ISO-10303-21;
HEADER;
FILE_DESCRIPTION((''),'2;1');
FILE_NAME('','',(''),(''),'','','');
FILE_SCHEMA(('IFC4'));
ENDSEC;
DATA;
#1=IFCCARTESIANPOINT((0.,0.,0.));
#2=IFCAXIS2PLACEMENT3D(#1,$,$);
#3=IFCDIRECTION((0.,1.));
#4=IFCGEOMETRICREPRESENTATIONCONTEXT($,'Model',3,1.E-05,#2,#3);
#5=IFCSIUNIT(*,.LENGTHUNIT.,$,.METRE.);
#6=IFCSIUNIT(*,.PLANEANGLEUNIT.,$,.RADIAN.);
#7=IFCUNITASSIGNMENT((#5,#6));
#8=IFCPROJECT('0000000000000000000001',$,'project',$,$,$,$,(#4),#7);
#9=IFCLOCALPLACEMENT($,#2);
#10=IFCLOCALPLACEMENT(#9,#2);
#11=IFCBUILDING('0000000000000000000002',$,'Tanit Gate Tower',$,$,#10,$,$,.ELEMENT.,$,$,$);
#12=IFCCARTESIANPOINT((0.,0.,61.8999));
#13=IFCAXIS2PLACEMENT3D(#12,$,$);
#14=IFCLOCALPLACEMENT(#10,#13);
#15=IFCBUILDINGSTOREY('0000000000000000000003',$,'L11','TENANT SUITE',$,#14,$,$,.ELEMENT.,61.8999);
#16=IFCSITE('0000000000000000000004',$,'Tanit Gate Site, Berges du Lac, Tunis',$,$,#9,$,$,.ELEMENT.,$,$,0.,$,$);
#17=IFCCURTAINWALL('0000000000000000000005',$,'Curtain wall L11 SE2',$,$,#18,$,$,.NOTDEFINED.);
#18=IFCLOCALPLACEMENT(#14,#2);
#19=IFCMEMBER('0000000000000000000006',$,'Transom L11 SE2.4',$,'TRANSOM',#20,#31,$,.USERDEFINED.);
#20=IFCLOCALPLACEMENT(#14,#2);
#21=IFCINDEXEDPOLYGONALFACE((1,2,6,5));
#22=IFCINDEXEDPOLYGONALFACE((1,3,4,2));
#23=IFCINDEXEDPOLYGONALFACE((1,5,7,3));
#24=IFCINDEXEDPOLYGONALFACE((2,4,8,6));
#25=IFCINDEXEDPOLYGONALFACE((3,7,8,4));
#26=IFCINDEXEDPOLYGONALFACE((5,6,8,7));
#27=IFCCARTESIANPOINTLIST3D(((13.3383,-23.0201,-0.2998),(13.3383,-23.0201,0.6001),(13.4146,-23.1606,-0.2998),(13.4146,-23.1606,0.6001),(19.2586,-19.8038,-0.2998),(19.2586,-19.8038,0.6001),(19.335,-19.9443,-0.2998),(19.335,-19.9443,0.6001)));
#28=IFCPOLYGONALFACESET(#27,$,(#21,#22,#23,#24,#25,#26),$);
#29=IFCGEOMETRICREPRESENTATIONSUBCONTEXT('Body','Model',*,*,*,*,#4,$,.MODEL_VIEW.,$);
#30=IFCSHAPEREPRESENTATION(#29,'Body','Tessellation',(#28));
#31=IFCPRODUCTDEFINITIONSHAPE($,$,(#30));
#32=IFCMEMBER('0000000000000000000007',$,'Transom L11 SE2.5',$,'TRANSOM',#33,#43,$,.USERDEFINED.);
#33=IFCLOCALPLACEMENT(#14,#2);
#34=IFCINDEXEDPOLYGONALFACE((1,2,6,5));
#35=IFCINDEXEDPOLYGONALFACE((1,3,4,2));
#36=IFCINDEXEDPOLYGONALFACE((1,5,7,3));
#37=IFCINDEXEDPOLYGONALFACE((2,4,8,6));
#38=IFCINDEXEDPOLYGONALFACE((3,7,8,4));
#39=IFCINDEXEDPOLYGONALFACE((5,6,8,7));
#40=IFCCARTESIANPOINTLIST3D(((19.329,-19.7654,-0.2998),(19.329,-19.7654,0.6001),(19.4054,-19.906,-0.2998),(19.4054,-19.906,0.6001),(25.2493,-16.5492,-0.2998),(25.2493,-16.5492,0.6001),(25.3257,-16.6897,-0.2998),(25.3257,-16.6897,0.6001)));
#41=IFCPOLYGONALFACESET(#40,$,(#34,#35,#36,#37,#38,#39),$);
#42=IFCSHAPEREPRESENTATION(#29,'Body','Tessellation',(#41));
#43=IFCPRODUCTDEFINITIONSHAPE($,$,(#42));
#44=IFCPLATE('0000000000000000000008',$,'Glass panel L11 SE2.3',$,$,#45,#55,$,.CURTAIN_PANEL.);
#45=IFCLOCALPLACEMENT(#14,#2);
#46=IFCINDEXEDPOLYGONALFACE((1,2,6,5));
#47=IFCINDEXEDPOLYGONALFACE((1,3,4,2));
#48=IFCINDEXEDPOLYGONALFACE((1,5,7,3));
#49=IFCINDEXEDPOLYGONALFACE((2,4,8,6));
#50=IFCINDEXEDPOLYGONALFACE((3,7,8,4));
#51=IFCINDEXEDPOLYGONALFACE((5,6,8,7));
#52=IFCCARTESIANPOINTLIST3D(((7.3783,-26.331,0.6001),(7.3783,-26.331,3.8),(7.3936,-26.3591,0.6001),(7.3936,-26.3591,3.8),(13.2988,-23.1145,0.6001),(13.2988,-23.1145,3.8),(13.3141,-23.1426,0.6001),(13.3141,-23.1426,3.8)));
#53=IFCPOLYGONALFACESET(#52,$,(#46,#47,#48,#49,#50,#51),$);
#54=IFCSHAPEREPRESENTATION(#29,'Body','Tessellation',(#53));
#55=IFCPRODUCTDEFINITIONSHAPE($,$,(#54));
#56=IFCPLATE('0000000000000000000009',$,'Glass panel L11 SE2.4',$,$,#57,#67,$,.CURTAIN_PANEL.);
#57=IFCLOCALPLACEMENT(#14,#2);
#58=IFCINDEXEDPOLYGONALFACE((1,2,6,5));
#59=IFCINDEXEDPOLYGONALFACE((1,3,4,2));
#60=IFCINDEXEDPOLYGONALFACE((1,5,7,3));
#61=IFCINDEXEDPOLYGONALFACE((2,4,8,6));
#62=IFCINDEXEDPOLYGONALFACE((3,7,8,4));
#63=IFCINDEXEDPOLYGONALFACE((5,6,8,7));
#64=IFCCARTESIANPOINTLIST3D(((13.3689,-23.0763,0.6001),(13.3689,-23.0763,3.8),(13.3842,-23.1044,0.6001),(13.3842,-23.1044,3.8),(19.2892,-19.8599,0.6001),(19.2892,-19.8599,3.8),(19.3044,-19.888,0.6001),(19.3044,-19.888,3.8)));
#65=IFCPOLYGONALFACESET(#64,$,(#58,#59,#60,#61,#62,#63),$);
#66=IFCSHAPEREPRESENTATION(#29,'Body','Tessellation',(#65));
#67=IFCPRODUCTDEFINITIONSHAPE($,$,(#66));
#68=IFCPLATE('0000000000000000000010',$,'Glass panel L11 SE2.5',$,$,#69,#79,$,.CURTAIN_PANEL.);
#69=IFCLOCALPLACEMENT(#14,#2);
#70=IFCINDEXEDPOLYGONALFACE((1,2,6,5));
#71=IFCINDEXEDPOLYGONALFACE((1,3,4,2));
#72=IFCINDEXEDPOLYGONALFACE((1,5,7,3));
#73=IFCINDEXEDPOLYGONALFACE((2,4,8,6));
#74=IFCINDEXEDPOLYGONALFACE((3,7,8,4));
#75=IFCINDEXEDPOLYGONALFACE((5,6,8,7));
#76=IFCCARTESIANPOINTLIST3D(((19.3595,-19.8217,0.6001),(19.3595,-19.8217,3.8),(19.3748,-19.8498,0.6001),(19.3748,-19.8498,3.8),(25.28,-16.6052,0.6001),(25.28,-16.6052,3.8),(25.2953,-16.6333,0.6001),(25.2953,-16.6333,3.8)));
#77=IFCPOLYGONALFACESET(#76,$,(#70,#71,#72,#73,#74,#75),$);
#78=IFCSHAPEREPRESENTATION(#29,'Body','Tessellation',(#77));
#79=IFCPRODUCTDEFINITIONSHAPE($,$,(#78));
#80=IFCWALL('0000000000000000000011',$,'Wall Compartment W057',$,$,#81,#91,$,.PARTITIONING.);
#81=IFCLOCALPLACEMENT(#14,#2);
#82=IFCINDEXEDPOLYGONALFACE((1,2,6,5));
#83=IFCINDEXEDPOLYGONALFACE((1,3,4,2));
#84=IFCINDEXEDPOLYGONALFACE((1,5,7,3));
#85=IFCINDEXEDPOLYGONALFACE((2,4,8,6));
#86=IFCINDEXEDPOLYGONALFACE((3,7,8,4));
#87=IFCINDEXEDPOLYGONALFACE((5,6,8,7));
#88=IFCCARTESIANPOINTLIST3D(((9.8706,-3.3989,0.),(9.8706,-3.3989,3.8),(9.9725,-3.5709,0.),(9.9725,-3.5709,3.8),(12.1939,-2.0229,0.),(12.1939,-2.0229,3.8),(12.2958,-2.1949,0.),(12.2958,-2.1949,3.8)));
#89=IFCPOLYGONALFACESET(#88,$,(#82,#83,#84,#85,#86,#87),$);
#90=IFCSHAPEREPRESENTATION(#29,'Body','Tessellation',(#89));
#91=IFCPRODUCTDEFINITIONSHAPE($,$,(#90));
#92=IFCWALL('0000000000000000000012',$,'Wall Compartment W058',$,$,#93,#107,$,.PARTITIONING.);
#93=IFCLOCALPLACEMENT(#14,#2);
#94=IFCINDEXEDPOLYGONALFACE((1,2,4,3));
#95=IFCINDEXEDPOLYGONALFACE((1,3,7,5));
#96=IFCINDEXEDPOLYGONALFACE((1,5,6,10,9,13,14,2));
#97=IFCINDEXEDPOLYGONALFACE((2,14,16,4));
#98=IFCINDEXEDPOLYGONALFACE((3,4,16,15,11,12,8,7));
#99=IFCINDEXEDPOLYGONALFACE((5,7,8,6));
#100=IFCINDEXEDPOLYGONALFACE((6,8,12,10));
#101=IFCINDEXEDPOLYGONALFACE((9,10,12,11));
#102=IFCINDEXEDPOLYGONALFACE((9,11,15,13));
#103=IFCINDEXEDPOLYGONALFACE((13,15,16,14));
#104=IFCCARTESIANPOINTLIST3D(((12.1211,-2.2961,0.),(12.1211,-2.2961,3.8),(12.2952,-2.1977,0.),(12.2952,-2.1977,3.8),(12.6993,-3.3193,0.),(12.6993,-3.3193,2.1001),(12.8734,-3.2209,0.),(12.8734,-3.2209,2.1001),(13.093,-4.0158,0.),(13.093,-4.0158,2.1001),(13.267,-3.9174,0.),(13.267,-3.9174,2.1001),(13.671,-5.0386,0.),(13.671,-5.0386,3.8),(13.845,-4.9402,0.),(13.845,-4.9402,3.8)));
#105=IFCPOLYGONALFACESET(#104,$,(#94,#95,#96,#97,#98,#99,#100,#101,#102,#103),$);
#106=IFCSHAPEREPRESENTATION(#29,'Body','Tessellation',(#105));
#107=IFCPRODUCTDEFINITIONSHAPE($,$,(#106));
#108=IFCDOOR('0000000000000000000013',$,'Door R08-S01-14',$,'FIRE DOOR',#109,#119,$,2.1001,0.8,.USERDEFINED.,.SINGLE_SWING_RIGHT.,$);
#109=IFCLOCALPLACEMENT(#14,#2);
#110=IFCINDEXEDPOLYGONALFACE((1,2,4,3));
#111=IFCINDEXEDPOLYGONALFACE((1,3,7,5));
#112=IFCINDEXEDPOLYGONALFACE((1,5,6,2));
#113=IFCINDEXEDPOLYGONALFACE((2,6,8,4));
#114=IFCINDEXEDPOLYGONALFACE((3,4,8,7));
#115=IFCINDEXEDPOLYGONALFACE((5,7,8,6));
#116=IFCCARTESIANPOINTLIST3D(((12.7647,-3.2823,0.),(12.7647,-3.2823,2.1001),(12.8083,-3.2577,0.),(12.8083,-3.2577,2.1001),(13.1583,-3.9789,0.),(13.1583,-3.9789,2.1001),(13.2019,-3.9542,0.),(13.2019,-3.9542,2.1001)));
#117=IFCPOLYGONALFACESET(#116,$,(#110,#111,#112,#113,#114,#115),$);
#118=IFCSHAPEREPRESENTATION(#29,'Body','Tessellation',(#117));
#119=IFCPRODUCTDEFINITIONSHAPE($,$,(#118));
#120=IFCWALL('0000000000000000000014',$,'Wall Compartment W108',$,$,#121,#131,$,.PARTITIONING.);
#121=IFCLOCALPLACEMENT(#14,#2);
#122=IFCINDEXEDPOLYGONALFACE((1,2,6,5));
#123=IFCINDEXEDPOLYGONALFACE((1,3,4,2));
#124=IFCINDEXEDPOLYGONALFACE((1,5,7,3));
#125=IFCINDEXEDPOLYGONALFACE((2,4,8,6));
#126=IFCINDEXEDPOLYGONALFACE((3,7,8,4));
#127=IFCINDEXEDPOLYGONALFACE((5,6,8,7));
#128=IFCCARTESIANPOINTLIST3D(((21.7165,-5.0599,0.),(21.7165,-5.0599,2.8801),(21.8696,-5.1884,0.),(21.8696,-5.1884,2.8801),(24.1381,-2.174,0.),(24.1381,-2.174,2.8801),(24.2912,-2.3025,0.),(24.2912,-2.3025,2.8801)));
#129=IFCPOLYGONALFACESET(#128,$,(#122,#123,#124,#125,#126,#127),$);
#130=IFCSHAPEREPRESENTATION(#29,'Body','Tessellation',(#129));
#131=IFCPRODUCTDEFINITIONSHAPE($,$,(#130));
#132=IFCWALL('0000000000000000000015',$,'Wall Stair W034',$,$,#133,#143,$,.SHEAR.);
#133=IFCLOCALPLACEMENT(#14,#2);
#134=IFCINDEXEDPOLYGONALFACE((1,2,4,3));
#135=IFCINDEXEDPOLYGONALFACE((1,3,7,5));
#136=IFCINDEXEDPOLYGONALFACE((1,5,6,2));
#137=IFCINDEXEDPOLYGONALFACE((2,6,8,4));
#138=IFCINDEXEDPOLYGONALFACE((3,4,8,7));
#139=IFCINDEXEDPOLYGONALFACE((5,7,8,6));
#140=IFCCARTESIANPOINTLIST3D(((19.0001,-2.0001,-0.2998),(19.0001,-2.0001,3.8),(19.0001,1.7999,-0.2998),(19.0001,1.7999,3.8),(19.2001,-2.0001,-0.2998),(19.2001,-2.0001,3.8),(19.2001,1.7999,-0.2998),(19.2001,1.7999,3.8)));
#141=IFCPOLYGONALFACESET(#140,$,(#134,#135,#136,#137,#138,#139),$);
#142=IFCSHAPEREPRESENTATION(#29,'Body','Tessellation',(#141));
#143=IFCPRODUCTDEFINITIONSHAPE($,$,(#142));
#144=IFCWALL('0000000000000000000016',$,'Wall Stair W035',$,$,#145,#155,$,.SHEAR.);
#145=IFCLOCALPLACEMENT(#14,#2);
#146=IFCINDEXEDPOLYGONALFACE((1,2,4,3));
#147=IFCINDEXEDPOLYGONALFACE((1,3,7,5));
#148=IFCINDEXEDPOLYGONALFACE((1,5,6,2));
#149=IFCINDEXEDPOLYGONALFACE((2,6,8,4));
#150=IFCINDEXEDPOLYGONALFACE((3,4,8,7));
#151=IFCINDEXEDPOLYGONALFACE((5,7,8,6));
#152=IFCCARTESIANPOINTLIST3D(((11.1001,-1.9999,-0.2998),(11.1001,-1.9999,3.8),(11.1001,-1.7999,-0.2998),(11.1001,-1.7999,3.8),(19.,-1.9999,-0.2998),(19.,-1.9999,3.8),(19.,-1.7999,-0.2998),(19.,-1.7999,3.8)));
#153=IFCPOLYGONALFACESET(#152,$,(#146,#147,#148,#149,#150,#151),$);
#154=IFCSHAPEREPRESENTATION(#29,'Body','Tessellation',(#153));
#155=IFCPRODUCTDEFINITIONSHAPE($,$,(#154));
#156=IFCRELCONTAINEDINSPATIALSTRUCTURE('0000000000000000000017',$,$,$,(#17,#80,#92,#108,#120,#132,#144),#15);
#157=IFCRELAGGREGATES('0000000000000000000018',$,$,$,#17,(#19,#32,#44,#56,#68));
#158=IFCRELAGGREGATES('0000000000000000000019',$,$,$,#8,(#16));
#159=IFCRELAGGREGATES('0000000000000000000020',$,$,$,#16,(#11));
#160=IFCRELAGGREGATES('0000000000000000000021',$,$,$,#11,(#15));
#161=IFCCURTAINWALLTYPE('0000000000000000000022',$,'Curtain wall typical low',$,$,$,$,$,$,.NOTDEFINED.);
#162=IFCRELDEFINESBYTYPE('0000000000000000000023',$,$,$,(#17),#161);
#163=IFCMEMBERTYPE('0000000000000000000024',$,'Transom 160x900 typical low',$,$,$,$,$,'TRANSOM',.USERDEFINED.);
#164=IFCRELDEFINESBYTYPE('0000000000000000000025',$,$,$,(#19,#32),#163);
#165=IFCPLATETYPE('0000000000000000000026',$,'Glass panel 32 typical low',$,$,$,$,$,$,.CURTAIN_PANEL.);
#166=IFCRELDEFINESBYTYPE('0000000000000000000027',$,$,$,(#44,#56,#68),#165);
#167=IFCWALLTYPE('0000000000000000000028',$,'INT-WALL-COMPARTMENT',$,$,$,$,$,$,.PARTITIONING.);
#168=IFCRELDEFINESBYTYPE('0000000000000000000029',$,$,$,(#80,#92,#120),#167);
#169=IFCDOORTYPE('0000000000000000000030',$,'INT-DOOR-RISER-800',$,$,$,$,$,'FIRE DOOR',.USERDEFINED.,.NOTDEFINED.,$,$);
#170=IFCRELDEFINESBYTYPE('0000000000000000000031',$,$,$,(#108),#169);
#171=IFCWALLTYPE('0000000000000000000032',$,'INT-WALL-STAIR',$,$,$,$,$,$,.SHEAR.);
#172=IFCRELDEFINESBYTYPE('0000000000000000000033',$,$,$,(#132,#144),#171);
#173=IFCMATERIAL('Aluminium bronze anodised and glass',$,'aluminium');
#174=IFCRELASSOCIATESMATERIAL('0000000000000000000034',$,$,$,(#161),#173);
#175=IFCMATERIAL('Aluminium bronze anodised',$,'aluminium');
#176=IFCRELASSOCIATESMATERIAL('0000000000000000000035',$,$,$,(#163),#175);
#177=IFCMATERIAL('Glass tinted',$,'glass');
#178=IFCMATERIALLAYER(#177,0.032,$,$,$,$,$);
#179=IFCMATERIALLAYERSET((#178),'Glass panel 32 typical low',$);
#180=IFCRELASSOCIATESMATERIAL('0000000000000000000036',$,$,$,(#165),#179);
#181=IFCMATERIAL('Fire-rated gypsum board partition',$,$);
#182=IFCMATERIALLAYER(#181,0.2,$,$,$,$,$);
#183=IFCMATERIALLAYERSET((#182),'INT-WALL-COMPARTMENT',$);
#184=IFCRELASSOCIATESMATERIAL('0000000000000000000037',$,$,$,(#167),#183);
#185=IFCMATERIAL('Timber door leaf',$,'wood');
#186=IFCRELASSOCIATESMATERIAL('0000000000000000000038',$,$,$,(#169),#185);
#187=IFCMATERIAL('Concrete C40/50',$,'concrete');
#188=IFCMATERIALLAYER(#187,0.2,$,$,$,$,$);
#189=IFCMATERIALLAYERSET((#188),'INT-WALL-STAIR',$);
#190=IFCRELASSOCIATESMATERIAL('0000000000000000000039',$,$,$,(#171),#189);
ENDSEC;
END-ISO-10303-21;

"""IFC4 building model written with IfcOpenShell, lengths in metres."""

from ifc_helpers import new_model, si_unit, direction, frame, frame_2d, origin, origin_2d, place, context, subcontext, project, spatial, rectangle, extrude, material, layer, layer_set, material_profile, profile_set, type_object, element, fill, aggregate, save


model = new_model("IFC4")

# Units and contexts
model_context = context("Model", 3, precision=1e-05, world=origin(), true_north=direction((0.0, 1.0)))
body_context = subcontext(model_context, "Body", "Model", "MODEL_VIEW")
ifc_project = project(units=[si_unit("LENGTHUNIT", "METRE"), si_unit("PLANEANGLEUNIT", "RADIAN")], contexts=[model_context])

# Site, building, storey
site_placement = place(None, origin())
site = spatial("IfcSite", under=ifc_project, at=site_placement, Name="Tanit Gate Site, Berges du Lac, Tunis", CompositionType="ELEMENT", RefElevation=0.0)
building_placement = place(site_placement, origin())
building = spatial("IfcBuilding", under=site, at=building_placement, Name="Tanit Gate Tower", CompositionType="ELEMENT")
storey_placement = place(building_placement, frame((0.0, 0.0, 61.8999)))
storey = spatial("IfcBuildingStorey", under=building, at=storey_placement, Name="L11", Description="TENANT SUITE", CompositionType="ELEMENT", Elevation=61.8999)

# Curtain wall
ifc_material_1 = material(Name="Aluminium bronze anodised and glass", Category="aluminium")
curtain_wall_type = type_object("IfcCurtainWallType", Name="Curtain wall typical low", PredefinedType="NOTDEFINED", material=ifc_material_1)
curtain_wall_placement = place(storey_placement, origin())
curtain_wall = element("IfcCurtainWall", 1, at=curtain_wall_placement, inside=storey, type_object=curtain_wall_type, Name="Curtain wall L11 SE2", PredefinedType="NOTDEFINED")

# Members
ifc_material_2 = material(Name="Aluminium bronze anodised", Category="aluminium")
ifc_material_profile_1 = material_profile(ifc_material_2, rectangle(XDim=0.1599, YDim=0.8999, at=origin_2d()), Name="160x900 bronze transom")
ifc_profile_set_1 = profile_set([ifc_material_profile_1], Name="Aluminium bronze anodised")
member_type_1 = type_object("IfcMemberType", Name="Transom 160x900 typical low", ElementType="TRANSOM", PredefinedType="USERDEFINED", material=ifc_profile_set_1)
member_1_placement = place(storey_placement, frame((13.3765, -23.0903, 0.1501), z_axis=(0.878706, 0.477364, 0.0), x_axis=(-0.477364, 0.878706, 0.0)))
member_1 = element("IfcMember", 2, at=member_1_placement, type_object=member_type_1, Name="Transom L11 SE2.4", ObjectType="TRANSOM", PredefinedType="USERDEFINED", context=body_context, shape_type="SweptSolid", body=[
    extrude(rectangle(XDim=0.1599, YDim=0.8999, at=origin_2d()), origin(), (0.0, 0.0, 1.0), 6.7375),
])
member_2_placement = place(storey_placement, frame((19.3672, -19.8357, 0.1501), z_axis=(0.878706, 0.477364, 0.0), x_axis=(-0.477364, 0.878706, 0.0)))
member_2 = element("IfcMember", 3, at=member_2_placement, type_object=member_type_1, Name="Transom L11 SE2.5", ObjectType="TRANSOM", PredefinedType="USERDEFINED", context=body_context, shape_type="SweptSolid", body=[
    extrude(rectangle(XDim=0.1599, YDim=0.8999, at=origin_2d()), origin(), (0.0, 0.0, 1.0), 6.7375),
])

# Plates
ifc_material_3 = material(Name="Glass tinted", Category="glass")
ifc_layer_1 = layer(ifc_material_3, 0.032)
ifc_layer_set_1 = layer_set([ifc_layer_1], Name="Glass panel 32 typical low")
plate_type = type_object("IfcPlateType", Name="Glass panel 32 typical low", PredefinedType="CURTAIN_PANEL", material=ifc_layer_set_1)
plate_1_placement = place(storey_placement, frame((10.3462, -24.7368, 0.6001), z_axis=(0.0, 0.0, 1.0), x_axis=(0.878696, 0.477381, 0.0)))
plate_1 = element("IfcPlate", 4, at=plate_1_placement, type_object=plate_type, Name="Glass panel L11 SE2.3", PredefinedType="CURTAIN_PANEL", context=body_context, shape_type="SweptSolid", body=[
    extrude(rectangle(XDim=6.7378, YDim=0.032, at=origin_2d()), origin(), (0.0, 0.0, 1.0), 3.2),
])
plate_2_placement = place(storey_placement, frame((16.3367, -21.4822, 0.6001), z_axis=(0.0, 0.0, 1.0), x_axis=(0.878696, 0.477381, 0.0)))
plate_2 = element("IfcPlate", 5, at=plate_2_placement, type_object=plate_type, Name="Glass panel L11 SE2.4", PredefinedType="CURTAIN_PANEL", context=body_context, shape_type="SweptSolid", body=[
    extrude(rectangle(XDim=6.7375, YDim=0.032, at=origin_2d()), origin(), (0.0, 0.0, 1.0), 3.2),
])
plate_3_placement = place(storey_placement, frame((22.3274, -18.2275, 0.6001), z_axis=(0.0, 0.0, 1.0), x_axis=(0.878696, 0.477381, 0.0)))
plate_3 = element("IfcPlate", 6, at=plate_3_placement, type_object=plate_type, Name="Glass panel L11 SE2.5", PredefinedType="CURTAIN_PANEL", context=body_context, shape_type="SweptSolid", body=[
    extrude(rectangle(XDim=6.7378, YDim=0.032, at=origin_2d()), origin(), (0.0, 0.0, 1.0), 3.2),
])
aggregate(curtain_wall, [member_1, member_2, plate_1, plate_2, plate_3])

# Wall
ifc_material_4 = material(Name="Fire-rated gypsum board partition")
ifc_layer_2 = layer(ifc_material_4, 0.2)
ifc_layer_set_2 = layer_set([ifc_layer_2], Name="INT-WALL-COMPARTMENT")
wall_type_1 = type_object("IfcWallType", Name="INT-WALL-COMPARTMENT", PredefinedType="PARTITIONING", material=ifc_layer_set_2)
wall_1_placement = place(storey_placement, frame((12.2449, -2.1089, 0.0), z_axis=(0.0, 0.0, 1.0), x_axis=(-0.860415, -0.509594, 0.0)))
element("IfcWall", 7, at=wall_1_placement, inside=storey, type_object=wall_type_1, Name="Wall Compartment W057", PredefinedType="PARTITIONING", context=body_context, shape_type="SweptSolid", body=[
    extrude(rectangle(XDim=2.7002, YDim=0.2, at=frame_2d((1.3501, 0.0))), origin(), (0.0, 0.0, 1.0), 3.8),
])

# Wall, opening, door
wall_2_placement = place(storey_placement, frame((13.7581, -4.9895, 0.0), z_axis=(0.0, 0.0, 1.0), x_axis=(-0.491993, 0.870599, 0.0)))
wall_2 = element("IfcWall", 8, at=wall_2_placement, inside=storey, type_object=wall_type_1, Name="Wall Compartment W058", PredefinedType="PARTITIONING", context=body_context, shape_type="SweptSolid", body=[
    extrude(rectangle(XDim=3.1501, YDim=0.2, at=frame_2d((1.5752, 0.0))), origin(), (0.0, 0.0, 1.0), 3.8),
])
opening_1_placement = place(wall_2_placement, frame((1.175, 0.0, 0.0)))
opening_1 = element("IfcOpeningElement", 9, at=opening_1_placement, cuts=wall_2, PredefinedType="OPENING", context=body_context, shape_type="SweptSolid", body=[
    extrude(rectangle(XDim=0.8, YDim=2.1001, at=frame_2d((0.3999, 1.05))), frame((0.0, 0.1099, 0.0), z_axis=(0.0, -1.0, 0.0), x_axis=(1.0, 0.0, 0.0)), (0.0, 0.0, 1.0), 0.22),
])
ifc_material_5 = material(Name="Timber door leaf", Category="wood")
door_type_1 = type_object("IfcDoorType", Name="INT-DOOR-RISER-800", ElementType="FIRE DOOR", OperationType="NOTDEFINED", PredefinedType="USERDEFINED", material=ifc_material_5)
door_1_placement = place(opening_1_placement, origin())
door_1 = element("IfcDoor", 10, at=door_1_placement, inside=storey, type_object=door_type_1, Name="Door R08-S01-14", ObjectType="FIRE DOOR", OperationType="SINGLE_SWING_RIGHT", OverallHeight=2.1001, OverallWidth=0.8, PredefinedType="USERDEFINED", context=body_context, shape_type="SweptSolid", body=[
    extrude(rectangle(XDim=0.8, YDim=2.1001, at=frame_2d((0.3999, 1.05))), frame((0.0, 0.0249, 0.0), z_axis=(0.0, -1.0, 0.0), x_axis=(1.0, 0.0, 0.0)), (0.0, 0.0, 1.0), 0.05),
])
fill(opening_1, door_1)

# Walls
wall_3_placement = place(storey_placement, frame((21.793, -5.1243, 0.0), z_axis=(0.0, 0.0, 1.0), x_axis=(0.642788, 0.766044, 0.0)))
element("IfcWall", 11, at=wall_3_placement, inside=storey, type_object=wall_type_1, Name="Wall Compartment W108", PredefinedType="PARTITIONING", context=body_context, shape_type="SweptSolid", body=[
    extrude(rectangle(XDim=3.7673, YDim=0.2, at=frame_2d((1.8838, 0.0))), origin(), (0.0, 0.0, 1.0), 2.8801),
])
ifc_material_6 = material(Name="Concrete C40/50", Category="concrete")
ifc_layer_3 = layer(ifc_material_6, 0.2)
ifc_layer_set_3 = layer_set([ifc_layer_3], Name="INT-WALL-STAIR")
wall_type_2 = type_object("IfcWallType", Name="INT-WALL-STAIR", PredefinedType="SHEAR", material=ifc_layer_set_3)
wall_4_placement = place(storey_placement, frame((19.1001, -2.0, -0.2998), z_axis=(0.0, 0.0, 1.0), x_axis=(0.0, 1.0, 0.0)))
element("IfcWall", 12, at=wall_4_placement, inside=storey, type_object=wall_type_2, Name="Wall Stair W034", PredefinedType="SHEAR", context=body_context, shape_type="SweptSolid", body=[
    extrude(rectangle(XDim=3.8, YDim=0.2, at=frame_2d((1.8999, 0.0))), origin(), (0.0, 0.0, 1.0), 4.0999),
])
wall_5_placement = place(storey_placement, frame((11.1001, -1.8999, -0.2998), z_axis=(0.0, 0.0, 1.0), x_axis=(1.0, 0.0, 0.0)))
element("IfcWall", 13, at=wall_5_placement, inside=storey, type_object=wall_type_2, Name="Wall Stair W035", PredefinedType="SHEAR", context=body_context, shape_type="SweptSolid", body=[
    extrude(rectangle(XDim=7.8999, YDim=0.2, at=frame_2d((3.95, 0.0))), origin(), (0.0, 0.0, 1.0), 4.0999),
])

save(model, "model.ifc")
